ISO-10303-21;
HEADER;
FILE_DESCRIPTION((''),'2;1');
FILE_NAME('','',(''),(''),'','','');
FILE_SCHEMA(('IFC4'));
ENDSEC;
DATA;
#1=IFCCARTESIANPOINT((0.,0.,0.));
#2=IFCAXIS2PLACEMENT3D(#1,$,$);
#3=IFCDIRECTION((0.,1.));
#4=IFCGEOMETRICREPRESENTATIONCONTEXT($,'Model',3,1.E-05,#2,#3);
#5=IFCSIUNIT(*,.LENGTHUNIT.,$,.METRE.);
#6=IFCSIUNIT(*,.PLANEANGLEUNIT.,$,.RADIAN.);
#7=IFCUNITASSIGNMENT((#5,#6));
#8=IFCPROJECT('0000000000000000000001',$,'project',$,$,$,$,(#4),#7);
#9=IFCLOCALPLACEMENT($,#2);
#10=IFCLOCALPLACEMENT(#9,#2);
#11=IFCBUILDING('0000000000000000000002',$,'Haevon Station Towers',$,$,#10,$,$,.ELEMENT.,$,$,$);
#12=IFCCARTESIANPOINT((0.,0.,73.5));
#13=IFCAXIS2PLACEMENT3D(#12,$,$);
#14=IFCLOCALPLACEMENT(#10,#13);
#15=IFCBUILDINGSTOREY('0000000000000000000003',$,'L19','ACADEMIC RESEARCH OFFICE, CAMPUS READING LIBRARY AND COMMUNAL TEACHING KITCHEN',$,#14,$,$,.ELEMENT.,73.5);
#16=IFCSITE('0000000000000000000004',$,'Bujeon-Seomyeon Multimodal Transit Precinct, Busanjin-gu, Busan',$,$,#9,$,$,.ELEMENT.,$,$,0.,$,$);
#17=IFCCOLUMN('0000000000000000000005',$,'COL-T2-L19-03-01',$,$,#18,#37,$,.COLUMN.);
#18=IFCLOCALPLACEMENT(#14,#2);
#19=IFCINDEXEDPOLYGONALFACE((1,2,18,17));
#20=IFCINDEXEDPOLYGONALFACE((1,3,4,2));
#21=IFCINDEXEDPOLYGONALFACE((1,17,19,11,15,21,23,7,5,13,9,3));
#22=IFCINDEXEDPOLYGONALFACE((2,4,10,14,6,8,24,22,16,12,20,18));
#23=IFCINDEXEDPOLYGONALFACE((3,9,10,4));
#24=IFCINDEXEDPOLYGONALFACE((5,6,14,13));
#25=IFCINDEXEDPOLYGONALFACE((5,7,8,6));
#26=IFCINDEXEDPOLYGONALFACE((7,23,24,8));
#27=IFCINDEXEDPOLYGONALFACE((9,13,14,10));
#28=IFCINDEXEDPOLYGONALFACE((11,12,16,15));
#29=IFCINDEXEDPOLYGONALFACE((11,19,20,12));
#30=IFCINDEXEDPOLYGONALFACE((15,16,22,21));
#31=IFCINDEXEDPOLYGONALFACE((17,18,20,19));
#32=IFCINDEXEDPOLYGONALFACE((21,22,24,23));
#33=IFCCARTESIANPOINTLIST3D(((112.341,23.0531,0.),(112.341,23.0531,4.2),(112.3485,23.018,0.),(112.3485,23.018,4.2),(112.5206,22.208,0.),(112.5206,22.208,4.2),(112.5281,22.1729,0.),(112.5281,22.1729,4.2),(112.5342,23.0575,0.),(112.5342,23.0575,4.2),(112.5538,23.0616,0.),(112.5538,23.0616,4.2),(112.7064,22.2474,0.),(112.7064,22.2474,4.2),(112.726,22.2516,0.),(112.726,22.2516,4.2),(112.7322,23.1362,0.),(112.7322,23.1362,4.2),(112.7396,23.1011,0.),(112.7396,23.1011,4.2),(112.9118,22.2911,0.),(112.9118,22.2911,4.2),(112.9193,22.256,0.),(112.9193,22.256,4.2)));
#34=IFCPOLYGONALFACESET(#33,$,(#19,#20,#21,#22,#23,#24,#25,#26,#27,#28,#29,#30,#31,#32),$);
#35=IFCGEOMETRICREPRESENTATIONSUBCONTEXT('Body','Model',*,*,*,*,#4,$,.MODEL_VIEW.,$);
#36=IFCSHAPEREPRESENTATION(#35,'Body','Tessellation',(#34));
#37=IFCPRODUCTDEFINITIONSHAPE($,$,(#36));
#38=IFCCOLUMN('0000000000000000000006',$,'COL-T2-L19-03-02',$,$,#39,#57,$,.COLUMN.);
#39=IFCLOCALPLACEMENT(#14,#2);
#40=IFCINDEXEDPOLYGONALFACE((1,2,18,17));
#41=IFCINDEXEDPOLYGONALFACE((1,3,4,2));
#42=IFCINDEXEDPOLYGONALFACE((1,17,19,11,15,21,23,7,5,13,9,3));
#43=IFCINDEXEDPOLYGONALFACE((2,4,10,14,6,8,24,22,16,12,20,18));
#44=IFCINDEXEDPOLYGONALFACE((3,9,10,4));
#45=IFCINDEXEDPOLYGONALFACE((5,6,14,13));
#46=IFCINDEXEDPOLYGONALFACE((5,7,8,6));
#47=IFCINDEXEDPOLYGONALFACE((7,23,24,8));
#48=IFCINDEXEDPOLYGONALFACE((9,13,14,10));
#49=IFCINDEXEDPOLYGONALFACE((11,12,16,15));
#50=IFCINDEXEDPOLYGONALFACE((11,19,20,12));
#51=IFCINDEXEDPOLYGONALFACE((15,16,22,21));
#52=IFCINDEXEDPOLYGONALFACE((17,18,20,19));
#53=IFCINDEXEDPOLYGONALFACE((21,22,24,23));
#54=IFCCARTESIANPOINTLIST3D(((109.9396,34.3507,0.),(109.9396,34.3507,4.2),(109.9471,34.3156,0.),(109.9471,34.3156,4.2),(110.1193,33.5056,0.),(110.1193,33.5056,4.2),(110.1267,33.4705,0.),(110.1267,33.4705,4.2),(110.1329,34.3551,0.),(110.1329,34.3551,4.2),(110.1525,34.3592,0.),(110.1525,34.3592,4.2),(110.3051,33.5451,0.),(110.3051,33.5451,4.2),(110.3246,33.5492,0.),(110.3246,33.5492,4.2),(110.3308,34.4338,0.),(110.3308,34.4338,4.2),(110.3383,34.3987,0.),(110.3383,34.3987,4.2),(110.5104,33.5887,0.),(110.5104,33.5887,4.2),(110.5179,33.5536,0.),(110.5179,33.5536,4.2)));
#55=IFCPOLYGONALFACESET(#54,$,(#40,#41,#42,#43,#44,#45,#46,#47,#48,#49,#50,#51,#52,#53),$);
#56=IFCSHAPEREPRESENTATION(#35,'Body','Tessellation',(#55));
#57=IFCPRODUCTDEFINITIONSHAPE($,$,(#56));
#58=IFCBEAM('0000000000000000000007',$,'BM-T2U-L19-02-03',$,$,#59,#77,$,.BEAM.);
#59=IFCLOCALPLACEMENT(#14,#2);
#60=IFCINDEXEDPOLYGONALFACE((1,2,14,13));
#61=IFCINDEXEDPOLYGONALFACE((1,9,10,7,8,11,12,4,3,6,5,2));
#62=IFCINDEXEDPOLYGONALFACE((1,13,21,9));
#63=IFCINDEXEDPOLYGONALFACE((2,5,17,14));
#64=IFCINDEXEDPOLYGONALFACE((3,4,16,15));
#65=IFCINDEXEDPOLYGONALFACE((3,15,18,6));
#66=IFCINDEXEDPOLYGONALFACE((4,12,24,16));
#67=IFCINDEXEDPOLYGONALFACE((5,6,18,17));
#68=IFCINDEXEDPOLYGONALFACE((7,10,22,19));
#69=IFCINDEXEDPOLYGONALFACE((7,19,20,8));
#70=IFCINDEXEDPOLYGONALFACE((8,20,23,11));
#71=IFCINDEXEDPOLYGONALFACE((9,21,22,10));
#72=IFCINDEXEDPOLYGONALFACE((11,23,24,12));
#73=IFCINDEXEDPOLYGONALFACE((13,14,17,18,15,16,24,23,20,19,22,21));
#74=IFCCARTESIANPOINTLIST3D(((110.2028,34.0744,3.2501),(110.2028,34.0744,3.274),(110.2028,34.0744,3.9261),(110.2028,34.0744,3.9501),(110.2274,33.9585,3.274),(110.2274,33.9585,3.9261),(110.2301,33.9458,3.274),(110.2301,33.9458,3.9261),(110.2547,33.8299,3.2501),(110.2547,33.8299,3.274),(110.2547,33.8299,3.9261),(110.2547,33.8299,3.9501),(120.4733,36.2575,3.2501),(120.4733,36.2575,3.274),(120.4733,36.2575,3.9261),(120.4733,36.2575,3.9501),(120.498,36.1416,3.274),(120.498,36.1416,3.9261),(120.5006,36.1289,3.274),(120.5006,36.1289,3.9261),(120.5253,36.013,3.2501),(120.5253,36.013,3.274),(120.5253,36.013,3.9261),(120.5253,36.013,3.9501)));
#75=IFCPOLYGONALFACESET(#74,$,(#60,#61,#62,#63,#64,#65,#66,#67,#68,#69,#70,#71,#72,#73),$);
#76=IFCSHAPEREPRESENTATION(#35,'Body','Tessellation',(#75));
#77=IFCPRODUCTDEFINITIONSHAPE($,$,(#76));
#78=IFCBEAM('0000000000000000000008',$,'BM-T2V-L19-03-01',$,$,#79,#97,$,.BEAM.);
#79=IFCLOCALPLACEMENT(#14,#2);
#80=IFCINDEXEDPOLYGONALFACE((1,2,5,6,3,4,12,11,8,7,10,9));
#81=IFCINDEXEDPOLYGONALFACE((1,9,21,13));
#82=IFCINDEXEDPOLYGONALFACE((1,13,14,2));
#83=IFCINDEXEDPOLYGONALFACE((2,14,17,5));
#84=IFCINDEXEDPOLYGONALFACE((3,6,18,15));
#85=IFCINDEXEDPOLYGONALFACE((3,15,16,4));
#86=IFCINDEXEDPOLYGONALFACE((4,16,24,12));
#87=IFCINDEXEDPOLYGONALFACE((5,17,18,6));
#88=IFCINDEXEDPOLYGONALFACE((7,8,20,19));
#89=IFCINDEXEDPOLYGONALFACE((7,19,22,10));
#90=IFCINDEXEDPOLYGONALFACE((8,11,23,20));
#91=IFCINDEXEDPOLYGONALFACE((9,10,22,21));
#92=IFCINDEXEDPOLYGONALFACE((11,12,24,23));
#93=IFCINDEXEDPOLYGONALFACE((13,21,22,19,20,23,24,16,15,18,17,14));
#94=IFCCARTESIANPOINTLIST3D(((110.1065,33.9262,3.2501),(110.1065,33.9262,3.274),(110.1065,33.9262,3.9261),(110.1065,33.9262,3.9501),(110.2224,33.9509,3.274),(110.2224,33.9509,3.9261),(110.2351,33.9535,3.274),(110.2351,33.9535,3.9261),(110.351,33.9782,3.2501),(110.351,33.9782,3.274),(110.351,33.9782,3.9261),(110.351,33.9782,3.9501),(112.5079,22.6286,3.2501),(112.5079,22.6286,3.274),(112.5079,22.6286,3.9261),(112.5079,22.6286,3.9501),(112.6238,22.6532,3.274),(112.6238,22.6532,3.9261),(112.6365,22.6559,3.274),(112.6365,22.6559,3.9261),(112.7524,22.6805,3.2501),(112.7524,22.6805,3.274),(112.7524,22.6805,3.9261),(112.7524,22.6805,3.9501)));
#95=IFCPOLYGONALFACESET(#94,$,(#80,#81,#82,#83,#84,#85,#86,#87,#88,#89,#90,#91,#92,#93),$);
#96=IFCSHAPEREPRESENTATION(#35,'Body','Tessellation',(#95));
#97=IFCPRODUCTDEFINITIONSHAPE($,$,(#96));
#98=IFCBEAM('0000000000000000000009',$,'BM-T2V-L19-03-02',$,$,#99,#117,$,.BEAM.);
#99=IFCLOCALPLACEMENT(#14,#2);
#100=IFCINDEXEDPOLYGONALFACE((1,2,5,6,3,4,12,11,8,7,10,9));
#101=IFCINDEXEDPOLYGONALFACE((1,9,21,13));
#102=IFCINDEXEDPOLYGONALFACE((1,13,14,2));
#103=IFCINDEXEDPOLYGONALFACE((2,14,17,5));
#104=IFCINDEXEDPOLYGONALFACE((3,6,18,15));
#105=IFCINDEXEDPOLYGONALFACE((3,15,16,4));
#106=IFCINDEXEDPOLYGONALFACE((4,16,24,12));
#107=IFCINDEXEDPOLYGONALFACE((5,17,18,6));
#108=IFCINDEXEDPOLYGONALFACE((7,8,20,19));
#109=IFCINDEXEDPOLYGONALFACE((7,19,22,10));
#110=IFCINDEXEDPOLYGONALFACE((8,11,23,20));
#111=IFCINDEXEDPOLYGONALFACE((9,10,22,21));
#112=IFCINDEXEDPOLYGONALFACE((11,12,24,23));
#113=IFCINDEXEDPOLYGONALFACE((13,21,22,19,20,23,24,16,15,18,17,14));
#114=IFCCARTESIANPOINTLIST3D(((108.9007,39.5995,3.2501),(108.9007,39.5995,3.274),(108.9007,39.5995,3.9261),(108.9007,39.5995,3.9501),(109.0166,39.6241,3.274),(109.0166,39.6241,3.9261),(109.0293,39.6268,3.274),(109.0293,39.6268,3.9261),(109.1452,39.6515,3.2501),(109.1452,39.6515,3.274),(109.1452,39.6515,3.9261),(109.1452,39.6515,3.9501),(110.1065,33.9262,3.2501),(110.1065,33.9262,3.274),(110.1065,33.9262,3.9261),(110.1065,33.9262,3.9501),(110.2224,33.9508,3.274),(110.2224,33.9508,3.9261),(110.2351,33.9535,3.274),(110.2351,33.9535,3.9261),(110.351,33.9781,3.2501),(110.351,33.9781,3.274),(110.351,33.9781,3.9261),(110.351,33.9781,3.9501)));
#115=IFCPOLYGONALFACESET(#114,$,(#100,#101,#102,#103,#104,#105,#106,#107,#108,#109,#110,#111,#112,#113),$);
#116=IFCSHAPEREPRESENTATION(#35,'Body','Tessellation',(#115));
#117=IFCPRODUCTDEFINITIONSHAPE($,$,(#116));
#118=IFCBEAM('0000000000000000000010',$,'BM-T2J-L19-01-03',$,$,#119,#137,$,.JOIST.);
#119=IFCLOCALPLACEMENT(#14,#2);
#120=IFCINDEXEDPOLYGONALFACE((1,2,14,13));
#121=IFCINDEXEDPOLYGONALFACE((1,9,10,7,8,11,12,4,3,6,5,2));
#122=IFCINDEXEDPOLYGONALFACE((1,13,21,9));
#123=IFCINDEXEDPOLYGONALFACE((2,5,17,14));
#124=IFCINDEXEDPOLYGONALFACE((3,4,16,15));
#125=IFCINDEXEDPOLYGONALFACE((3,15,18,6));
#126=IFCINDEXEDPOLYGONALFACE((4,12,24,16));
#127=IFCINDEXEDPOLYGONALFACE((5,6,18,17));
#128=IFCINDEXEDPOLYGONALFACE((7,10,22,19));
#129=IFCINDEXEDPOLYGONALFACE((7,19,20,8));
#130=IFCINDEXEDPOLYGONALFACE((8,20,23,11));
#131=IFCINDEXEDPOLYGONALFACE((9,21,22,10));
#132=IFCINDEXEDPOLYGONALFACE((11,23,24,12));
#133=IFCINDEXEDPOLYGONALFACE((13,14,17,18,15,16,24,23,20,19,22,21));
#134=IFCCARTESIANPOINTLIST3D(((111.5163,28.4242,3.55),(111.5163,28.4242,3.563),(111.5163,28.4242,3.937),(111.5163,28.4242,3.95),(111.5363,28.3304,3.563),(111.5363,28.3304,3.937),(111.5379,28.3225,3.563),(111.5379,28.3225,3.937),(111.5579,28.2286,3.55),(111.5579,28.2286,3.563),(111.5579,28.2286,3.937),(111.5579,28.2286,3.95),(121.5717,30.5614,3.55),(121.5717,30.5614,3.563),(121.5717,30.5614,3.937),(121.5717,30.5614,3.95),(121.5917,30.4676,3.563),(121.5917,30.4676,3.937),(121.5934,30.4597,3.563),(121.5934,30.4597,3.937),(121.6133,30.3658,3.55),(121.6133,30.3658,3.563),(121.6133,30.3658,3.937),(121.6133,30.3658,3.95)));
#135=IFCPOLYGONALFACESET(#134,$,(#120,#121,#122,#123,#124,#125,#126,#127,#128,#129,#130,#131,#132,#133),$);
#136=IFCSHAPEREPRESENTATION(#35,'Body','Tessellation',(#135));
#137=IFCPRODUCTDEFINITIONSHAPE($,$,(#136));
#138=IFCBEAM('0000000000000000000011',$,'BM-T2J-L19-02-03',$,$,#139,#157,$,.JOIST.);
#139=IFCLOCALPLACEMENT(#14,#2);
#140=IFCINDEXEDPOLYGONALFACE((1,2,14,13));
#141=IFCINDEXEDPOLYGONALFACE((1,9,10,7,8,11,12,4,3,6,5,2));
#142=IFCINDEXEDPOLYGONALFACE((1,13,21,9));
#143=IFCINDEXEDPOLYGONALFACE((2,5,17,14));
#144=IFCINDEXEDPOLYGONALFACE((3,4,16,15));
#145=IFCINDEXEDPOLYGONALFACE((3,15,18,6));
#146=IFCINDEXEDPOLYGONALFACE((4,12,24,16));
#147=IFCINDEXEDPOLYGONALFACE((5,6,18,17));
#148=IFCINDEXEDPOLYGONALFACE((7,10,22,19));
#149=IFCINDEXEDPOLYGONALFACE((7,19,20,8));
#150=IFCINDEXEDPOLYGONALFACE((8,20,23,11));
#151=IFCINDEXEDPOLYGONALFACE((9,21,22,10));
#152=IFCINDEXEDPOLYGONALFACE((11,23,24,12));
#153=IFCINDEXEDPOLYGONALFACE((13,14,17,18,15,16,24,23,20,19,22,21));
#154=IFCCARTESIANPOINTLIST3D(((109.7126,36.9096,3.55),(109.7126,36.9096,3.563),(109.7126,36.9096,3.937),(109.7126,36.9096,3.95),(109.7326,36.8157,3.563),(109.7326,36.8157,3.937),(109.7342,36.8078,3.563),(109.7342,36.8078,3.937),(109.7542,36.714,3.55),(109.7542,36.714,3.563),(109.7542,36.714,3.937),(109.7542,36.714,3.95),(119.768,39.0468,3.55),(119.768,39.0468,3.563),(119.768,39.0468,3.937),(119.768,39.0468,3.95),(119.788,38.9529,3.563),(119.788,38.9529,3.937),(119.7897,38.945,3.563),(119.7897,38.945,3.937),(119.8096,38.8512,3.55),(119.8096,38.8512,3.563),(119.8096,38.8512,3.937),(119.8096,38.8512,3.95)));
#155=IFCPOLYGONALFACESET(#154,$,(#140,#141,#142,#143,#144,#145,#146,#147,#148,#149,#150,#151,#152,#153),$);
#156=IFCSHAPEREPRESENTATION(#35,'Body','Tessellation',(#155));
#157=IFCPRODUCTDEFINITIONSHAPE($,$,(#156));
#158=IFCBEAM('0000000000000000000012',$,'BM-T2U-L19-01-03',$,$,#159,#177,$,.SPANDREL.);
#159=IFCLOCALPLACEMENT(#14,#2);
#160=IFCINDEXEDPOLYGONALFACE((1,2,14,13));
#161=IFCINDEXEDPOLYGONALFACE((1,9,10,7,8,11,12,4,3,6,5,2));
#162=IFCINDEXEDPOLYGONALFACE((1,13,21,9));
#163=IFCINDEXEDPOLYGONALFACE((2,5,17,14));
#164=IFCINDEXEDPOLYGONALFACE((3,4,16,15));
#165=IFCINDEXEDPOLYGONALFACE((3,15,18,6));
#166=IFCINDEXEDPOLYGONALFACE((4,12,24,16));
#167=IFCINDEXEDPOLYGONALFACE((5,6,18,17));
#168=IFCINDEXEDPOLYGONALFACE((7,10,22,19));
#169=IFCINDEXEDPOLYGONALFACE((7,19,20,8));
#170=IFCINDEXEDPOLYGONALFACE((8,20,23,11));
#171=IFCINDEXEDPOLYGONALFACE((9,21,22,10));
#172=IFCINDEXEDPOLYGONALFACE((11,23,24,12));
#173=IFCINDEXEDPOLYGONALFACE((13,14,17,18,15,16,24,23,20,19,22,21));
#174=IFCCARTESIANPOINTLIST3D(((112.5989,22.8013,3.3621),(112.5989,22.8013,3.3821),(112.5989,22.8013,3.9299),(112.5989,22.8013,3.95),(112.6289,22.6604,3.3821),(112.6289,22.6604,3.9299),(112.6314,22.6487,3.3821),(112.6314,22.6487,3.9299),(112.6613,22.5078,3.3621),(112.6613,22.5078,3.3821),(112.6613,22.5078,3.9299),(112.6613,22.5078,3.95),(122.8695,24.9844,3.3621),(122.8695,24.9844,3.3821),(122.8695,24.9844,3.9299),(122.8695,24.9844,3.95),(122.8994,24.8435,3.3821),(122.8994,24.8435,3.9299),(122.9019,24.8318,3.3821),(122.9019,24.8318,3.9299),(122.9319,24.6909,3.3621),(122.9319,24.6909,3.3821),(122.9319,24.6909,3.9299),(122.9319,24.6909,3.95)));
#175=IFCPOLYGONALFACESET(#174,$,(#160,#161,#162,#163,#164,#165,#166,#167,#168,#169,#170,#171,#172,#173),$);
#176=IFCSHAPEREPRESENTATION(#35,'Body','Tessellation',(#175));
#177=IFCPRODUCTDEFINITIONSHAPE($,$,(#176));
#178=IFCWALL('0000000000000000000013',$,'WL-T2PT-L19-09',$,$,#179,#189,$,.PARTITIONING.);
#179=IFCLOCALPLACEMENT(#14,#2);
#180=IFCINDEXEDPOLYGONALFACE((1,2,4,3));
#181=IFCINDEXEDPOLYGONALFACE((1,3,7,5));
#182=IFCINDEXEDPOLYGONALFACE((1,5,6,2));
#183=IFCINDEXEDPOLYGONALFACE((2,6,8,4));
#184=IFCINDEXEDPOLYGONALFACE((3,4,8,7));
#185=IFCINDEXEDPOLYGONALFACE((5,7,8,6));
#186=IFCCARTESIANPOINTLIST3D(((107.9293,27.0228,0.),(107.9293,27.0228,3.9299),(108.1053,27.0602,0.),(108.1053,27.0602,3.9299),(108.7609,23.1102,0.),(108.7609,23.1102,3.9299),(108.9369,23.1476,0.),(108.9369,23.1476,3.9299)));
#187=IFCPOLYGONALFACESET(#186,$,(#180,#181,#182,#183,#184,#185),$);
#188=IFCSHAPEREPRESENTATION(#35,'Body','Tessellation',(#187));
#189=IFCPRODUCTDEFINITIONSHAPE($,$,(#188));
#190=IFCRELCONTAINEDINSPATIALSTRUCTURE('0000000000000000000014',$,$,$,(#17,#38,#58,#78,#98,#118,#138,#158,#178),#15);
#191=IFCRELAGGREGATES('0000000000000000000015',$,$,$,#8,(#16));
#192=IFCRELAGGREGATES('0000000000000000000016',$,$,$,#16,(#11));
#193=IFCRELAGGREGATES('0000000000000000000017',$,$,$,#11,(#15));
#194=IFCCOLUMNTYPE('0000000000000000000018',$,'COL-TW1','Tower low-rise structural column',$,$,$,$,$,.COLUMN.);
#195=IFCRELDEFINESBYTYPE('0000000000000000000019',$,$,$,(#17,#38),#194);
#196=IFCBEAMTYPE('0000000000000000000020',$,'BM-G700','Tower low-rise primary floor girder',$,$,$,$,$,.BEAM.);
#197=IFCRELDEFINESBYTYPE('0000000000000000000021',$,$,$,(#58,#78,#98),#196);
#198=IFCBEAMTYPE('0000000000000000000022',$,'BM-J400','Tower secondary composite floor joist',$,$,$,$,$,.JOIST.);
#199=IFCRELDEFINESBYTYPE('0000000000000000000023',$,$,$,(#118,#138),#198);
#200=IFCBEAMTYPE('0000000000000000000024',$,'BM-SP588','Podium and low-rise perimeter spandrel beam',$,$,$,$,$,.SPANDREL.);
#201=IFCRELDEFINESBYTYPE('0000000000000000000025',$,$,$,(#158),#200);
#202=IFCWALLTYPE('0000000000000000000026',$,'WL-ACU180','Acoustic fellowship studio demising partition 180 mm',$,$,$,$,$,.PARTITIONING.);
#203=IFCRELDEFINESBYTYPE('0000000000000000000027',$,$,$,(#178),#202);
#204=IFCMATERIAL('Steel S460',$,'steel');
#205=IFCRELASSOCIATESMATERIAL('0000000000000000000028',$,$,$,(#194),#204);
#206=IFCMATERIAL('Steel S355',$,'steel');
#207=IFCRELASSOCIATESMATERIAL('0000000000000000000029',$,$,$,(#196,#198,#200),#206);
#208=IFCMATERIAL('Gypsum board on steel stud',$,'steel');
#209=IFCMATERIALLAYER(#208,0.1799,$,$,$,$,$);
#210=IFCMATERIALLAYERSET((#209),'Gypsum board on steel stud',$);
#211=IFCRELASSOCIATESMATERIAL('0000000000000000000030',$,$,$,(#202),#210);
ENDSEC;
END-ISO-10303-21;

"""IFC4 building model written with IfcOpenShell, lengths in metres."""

from ifc_helpers import new_model, si_unit, direction, frame, frame_2d, origin, origin_2d, place, context, subcontext, project, spatial, rectangle, i_section, extrude, material, layer, layer_set, material_profile, profile_set, type_object, element, save


model = new_model("IFC4")

# Units and contexts
model_context = context("Model", 3, precision=1e-05, world=origin(), true_north=direction((0.0, 1.0)))
body_context = subcontext(model_context, "Body", "Model", "MODEL_VIEW")
ifc_project = project(units=[si_unit("LENGTHUNIT", "METRE"), si_unit("PLANEANGLEUNIT", "RADIAN")], contexts=[model_context])

# Site, building, storey
site_placement = place(None, origin())
site = spatial("IfcSite", under=ifc_project, at=site_placement, Name="Bujeon-Seomyeon Multimodal Transit Precinct, Busanjin-gu, Busan", CompositionType="ELEMENT", RefElevation=0.0)
building_placement = place(site_placement, origin())
building = spatial("IfcBuilding", under=site, at=building_placement, Name="Haevon Station Towers", CompositionType="ELEMENT")
storey_placement = place(building_placement, frame((0.0, 0.0, 73.5)))
storey = spatial("IfcBuildingStorey", under=building, at=storey_placement, Name="L19", Description="ACADEMIC RESEARCH OFFICE, CAMPUS READING LIBRARY AND COMMUNAL TEACHING KITCHEN", CompositionType="ELEMENT", Elevation=73.5)

# Columns
ifc_material_1 = material(Name="Steel S460", Category="steel")
ifc_material_profile_1 = material_profile(ifc_material_1, i_section(OverallWidth=0.3999, OverallDepth=0.8999, WebThickness=0.02, FlangeThickness=0.0359, at=origin_2d()), Name="H-900x400x20x36")
ifc_profile_set_1 = profile_set([ifc_material_profile_1], Name="Steel S460")
column_type = type_object("IfcColumnType", Name="COL-TW1", Description="Tower low-rise structural column", PredefinedType="COLUMN", material=ifc_profile_set_1)
for number, where, z_axis, x_axis, name in (
    (1, (112.6301, 22.6545, 0.0), (0.0, 0.0, 1.0), (0.978148, 0.207912, 0.0), "COL-T2-L19-03-01"),
    (2, (110.2288, 33.9521, 0.0), (0.0, 0.0, 1.0), (0.978148, 0.207912, 0.0), "COL-T2-L19-03-02"),
):
    element("IfcColumn", number, at=place(storey_placement, frame(where, z_axis=z_axis, x_axis=x_axis)), inside=storey, type_object=column_type, Name=name, PredefinedType="COLUMN", context=body_context, shape_type="SweptSolid", body=[
        extrude(i_section(OverallWidth=0.3999, OverallDepth=0.8999, WebThickness=0.02, FlangeThickness=0.0359, at=origin_2d()), origin(), (0.0, 0.0, 1.0), 4.2),
    ])

# Beams
ifc_material_2 = material(Name="Steel S355", Category="steel")
ifc_material_profile_2 = material_profile(ifc_material_2, i_section(OverallWidth=0.25, OverallDepth=0.7, WebThickness=0.0129, FlangeThickness=0.0239, at=origin_2d()), Name="H-700x250x13x24")
ifc_profile_set_2 = profile_set([ifc_material_profile_2], Name="Steel S355")
beam_type_1 = type_object("IfcBeamType", Name="BM-G700", Description="Tower low-rise primary floor girder", PredefinedType="BEAM", material=ifc_profile_set_2)
beam_1_placement = place(storey_placement, frame((110.2288, 33.9521, 3.6001), z_axis=(0.978147, 0.207915, 0.0), x_axis=(-0.207915, 0.978147, 0.0)))
element("IfcBeam", 3, at=beam_1_placement, inside=storey, type_object=beam_type_1, Name="BM-T2U-L19-02-03", PredefinedType="BEAM", context=body_context, shape_type="SweptSolid", body=[
    extrude(i_section(OverallWidth=0.25, OverallDepth=0.7, WebThickness=0.0129, FlangeThickness=0.0239, at=origin_2d()), origin(), (0.0, 0.0, 1.0), 10.5),
])
beam_2_placement = place(storey_placement, frame((112.6301, 22.6545, 3.6001), z_axis=(-0.207911, 0.978148, 0.0), x_axis=(-0.978148, -0.207911, 0.0)))
element("IfcBeam", 4, at=beam_2_placement, inside=storey, type_object=beam_type_1, Name="BM-T2V-L19-03-01", PredefinedType="BEAM", context=body_context, shape_type="SweptSolid", body=[
    extrude(i_section(OverallWidth=0.25, OverallDepth=0.7, WebThickness=0.0129, FlangeThickness=0.0239, at=origin_2d()), origin(), (0.0, 0.0, 1.0), 11.55),
])
beam_3_placement = place(storey_placement, frame((110.2288, 33.9521, 3.6001), z_axis=(-0.207896, 0.978151, 0.0), x_axis=(-0.978151, -0.207896, 0.0)))
element("IfcBeam", 5, at=beam_3_placement, inside=storey, type_object=beam_type_1, Name="BM-T2V-L19-03-02", PredefinedType="BEAM", context=body_context, shape_type="SweptSolid", body=[
    extrude(i_section(OverallWidth=0.25, OverallDepth=0.7, WebThickness=0.0129, FlangeThickness=0.0239, at=origin_2d()), origin(), (0.0, 0.0, 1.0), 5.8),
])
ifc_material_profile_3 = material_profile(ifc_material_2, i_section(OverallWidth=0.2, OverallDepth=0.3999, WebThickness=0.0081, FlangeThickness=0.0129, at=origin_2d()), Name="H-400x200x8x13")
ifc_profile_set_3 = profile_set([ifc_material_profile_3], Name="Steel S355")
beam_type_2 = type_object("IfcBeamType", Name="BM-J400", Description="Tower secondary composite floor joist", PredefinedType="JOIST", material=ifc_profile_set_3)
for number, where, z_axis, x_axis, name in (
    (6, (111.5371, 28.3264, 3.75), (0.97815, 0.207899, 0.0), (-0.207899, 0.97815, 0.0), "BM-T2J-L19-01-03"),
    (7, (109.7334, 36.8118, 3.75), (0.97815, 0.207899, 0.0), (-0.207899, 0.97815, 0.0), "BM-T2J-L19-02-03"),
):
    element("IfcBeam", number, at=place(storey_placement, frame(where, z_axis=z_axis, x_axis=x_axis)), inside=storey, type_object=beam_type_2, Name=name, PredefinedType="JOIST", context=body_context, shape_type="SweptSolid", body=[
        extrude(i_section(OverallWidth=0.2, OverallDepth=0.3999, WebThickness=0.0081, FlangeThickness=0.0129, at=origin_2d()), origin(), (0.0, 0.0, 1.0), 10.28),
    ])
ifc_material_profile_4 = material_profile(ifc_material_2, i_section(OverallWidth=0.3, OverallDepth=0.5879, WebThickness=0.012, FlangeThickness=0.02, at=origin_2d()), Name="H-588x300x12x20")
ifc_profile_set_4 = profile_set([ifc_material_profile_4], Name="Steel S355")
beam_type_3 = type_object("IfcBeamType", Name="BM-SP588", Description="Podium and low-rise perimeter spandrel beam", PredefinedType="SPANDREL", material=ifc_profile_set_4)
beam_4_placement = place(storey_placement, frame((112.6301, 22.6545, 3.656), z_axis=(0.978147, 0.207915, 0.0), x_axis=(-0.207915, 0.978147, 0.0)))
element("IfcBeam", 8, at=beam_4_placement, inside=storey, type_object=beam_type_3, Name="BM-T2U-L19-01-03", PredefinedType="SPANDREL", context=body_context, shape_type="SweptSolid", body=[
    extrude(i_section(OverallWidth=0.3, OverallDepth=0.5879, WebThickness=0.012, FlangeThickness=0.02, at=origin_2d()), origin(), (0.0, 0.0, 1.0), 10.5),
])

# Wall
ifc_material_3 = material(Name="Gypsum board on steel stud", Category="steel")
ifc_layer_1 = layer(ifc_material_3, 0.1799)
ifc_layer_set_1 = layer_set([ifc_layer_1], Name="Gypsum board on steel stud")
wall_type_1 = type_object("IfcWallType", Name="WL-ACU180", Description="Acoustic fellowship studio demising partition 180 mm", PredefinedType="PARTITIONING", material=ifc_layer_set_1)
wall_1_placement = place(storey_placement, frame((108.8489, 23.1289, 0.0), z_axis=(0.0, 0.0, 1.0), x_axis=(-0.207886, 0.978153, 0.0)))
element("IfcWall", 9, at=wall_1_placement, inside=storey, type_object=wall_type_1, Name="WL-T2PT-L19-09", PredefinedType="PARTITIONING", context=body_context, shape_type="SweptSolid", body=[
    extrude(rectangle(XDim=4.0, YDim=0.1799, at=frame_2d((2.0, 0.0))), origin(), (0.0, 0.0, 1.0), 3.9299),
])

save(model, "model.ifc")
